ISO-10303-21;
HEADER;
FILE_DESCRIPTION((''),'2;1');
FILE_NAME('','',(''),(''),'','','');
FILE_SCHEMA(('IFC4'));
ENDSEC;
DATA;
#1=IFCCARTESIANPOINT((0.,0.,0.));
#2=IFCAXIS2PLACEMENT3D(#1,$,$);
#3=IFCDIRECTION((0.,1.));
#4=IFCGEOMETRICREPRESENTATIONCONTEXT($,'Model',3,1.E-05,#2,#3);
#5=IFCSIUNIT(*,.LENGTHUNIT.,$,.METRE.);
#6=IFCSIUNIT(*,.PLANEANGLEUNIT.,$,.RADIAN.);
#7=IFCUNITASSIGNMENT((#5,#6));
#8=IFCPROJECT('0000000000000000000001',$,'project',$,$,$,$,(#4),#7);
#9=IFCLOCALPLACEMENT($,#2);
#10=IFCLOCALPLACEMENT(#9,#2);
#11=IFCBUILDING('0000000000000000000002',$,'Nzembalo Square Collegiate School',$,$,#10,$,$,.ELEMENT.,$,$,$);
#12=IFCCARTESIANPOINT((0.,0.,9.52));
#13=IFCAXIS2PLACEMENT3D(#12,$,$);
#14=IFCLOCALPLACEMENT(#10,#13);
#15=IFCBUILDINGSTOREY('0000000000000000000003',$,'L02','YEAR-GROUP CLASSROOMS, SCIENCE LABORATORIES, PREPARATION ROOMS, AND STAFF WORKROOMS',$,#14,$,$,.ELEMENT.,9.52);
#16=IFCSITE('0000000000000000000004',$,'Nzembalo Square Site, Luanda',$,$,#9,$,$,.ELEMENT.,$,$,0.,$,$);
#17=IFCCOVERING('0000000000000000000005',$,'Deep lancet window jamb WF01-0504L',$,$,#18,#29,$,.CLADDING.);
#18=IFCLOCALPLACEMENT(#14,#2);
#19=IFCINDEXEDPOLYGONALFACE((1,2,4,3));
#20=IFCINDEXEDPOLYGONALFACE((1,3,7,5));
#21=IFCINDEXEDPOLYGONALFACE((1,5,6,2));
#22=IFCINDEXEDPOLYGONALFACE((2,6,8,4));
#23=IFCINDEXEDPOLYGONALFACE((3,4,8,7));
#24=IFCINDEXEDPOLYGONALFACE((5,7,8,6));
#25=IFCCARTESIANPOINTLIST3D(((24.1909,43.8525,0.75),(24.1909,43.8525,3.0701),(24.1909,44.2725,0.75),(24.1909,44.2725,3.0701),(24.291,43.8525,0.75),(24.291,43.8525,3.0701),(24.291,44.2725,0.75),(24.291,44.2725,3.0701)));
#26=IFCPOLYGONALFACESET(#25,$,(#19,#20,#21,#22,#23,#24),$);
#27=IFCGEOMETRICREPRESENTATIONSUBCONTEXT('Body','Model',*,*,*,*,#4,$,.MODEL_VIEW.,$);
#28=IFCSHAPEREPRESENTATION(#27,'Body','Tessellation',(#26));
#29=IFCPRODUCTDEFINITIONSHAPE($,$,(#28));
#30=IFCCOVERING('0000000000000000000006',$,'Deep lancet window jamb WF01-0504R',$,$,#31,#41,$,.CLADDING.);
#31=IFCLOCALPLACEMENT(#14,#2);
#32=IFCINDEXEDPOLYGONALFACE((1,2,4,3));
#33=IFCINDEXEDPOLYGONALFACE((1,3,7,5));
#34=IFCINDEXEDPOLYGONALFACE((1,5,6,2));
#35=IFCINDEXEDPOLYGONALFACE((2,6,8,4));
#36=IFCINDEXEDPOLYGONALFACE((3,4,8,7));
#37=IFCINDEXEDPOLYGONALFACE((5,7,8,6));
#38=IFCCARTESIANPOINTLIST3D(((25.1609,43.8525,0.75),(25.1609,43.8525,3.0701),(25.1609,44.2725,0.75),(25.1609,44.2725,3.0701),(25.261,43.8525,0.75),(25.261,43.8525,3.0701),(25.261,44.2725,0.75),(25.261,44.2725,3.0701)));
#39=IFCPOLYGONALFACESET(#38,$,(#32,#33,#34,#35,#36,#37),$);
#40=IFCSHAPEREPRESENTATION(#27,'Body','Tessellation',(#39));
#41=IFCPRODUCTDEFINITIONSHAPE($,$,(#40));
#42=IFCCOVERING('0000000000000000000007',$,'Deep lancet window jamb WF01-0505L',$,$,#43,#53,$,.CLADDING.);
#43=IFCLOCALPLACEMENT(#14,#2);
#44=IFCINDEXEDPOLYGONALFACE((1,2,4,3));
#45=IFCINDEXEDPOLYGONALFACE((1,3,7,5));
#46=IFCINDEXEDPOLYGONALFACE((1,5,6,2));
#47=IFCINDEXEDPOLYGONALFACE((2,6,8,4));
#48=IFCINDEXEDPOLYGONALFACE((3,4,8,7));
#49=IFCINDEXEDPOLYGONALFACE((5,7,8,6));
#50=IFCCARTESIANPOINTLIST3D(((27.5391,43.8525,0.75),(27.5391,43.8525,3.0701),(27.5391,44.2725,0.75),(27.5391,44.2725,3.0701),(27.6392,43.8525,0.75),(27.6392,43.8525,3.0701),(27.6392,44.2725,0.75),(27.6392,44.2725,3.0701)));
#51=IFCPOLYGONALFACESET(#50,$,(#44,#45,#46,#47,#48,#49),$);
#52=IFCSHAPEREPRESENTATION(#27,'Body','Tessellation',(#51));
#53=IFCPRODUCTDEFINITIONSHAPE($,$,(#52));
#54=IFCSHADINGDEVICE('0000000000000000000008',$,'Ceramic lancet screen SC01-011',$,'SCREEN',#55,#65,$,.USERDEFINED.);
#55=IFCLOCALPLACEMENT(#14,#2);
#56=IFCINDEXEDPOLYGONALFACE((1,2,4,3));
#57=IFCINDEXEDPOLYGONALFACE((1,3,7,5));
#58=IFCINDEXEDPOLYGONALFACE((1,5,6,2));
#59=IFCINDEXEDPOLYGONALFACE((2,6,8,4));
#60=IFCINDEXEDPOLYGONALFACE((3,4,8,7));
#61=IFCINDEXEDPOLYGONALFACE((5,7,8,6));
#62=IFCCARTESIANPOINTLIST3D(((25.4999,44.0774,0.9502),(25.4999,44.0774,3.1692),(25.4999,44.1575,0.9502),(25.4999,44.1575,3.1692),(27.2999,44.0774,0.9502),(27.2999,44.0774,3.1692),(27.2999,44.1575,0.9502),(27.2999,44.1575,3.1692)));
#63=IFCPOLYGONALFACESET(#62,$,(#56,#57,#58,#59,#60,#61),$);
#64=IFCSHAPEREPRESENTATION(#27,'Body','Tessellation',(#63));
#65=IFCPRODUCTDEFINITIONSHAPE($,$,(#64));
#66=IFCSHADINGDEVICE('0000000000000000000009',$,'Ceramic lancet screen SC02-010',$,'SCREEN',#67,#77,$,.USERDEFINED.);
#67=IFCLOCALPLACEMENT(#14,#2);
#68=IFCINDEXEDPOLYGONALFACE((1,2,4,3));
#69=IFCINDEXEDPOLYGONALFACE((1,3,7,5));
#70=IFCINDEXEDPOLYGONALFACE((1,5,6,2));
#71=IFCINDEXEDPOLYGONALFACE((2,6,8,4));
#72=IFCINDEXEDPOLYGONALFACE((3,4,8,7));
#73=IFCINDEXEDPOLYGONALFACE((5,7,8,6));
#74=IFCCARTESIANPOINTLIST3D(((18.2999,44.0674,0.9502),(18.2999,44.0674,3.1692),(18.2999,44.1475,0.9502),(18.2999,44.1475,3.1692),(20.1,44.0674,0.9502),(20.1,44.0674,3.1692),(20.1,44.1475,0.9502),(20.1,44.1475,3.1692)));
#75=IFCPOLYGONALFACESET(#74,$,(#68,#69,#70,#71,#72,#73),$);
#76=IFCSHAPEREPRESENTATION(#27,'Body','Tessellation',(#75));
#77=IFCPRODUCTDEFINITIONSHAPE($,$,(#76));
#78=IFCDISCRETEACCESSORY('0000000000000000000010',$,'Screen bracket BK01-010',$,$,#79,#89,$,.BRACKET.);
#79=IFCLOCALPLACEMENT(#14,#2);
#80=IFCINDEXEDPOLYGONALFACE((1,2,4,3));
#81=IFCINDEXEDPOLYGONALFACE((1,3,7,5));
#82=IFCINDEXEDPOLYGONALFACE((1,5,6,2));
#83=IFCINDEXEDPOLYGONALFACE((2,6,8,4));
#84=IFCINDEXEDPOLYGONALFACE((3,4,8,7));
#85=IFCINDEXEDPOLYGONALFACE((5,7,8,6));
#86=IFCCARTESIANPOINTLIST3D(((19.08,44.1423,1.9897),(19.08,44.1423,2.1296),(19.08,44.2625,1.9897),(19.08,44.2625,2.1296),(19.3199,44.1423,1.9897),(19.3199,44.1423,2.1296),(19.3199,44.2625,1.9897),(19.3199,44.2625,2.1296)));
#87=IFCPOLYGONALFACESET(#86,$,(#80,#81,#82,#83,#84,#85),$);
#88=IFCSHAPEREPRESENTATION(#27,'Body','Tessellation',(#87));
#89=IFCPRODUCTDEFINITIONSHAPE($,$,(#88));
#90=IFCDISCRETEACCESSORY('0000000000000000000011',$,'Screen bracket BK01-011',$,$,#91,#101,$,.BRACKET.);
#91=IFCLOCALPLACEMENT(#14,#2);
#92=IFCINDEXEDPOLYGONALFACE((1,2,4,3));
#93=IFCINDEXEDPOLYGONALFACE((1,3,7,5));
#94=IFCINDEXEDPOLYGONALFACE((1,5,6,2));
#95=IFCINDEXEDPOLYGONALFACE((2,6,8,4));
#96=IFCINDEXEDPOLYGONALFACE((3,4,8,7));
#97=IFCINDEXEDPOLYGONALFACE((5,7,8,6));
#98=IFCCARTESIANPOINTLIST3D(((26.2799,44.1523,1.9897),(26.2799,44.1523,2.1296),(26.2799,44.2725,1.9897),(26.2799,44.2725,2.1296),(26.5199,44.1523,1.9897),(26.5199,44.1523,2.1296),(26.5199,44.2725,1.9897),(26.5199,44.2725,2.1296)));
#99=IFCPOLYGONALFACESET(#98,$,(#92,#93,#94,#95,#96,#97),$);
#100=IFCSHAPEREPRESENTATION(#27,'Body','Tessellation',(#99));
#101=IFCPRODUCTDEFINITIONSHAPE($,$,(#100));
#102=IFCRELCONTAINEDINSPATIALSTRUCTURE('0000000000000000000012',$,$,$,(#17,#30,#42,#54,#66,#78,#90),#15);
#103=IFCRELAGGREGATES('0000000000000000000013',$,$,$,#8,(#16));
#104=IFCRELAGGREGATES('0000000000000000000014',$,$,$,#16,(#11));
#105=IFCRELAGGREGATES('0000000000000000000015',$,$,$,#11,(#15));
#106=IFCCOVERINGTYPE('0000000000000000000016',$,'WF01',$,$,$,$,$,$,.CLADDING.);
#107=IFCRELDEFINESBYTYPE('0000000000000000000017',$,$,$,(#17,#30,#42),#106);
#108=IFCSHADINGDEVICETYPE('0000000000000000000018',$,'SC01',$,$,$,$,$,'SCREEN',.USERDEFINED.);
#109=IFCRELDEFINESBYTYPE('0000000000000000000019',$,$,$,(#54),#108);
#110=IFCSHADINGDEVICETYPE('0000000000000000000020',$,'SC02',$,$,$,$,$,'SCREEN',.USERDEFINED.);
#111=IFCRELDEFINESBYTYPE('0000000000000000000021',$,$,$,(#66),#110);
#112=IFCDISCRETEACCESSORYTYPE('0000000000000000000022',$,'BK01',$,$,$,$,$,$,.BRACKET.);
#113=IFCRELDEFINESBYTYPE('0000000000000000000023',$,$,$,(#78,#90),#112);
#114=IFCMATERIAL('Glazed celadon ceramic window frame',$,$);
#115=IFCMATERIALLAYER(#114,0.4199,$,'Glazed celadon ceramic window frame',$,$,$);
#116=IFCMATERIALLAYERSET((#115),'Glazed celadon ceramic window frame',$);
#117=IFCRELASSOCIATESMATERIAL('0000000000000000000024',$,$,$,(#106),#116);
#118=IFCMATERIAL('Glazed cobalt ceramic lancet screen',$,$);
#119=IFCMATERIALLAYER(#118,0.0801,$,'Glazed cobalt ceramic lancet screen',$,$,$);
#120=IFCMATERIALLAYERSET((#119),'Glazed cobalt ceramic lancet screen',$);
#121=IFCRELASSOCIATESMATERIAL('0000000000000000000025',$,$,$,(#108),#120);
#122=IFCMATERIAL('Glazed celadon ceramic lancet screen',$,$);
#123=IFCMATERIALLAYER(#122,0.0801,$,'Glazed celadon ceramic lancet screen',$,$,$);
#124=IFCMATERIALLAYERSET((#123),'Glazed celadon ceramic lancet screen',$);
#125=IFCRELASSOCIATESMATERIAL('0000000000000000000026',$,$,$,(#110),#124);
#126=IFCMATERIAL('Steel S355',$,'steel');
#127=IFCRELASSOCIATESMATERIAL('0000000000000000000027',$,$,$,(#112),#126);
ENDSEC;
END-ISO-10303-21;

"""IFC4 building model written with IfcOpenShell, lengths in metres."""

from ifc_helpers import new_model, si_unit, direction, frame, origin, origin_2d, place, context, subcontext, project, spatial, rectangle, extrude, material, layer, layer_set, type_object, element, save


model = new_model("IFC4")

# Units and contexts
model_context = context("Model", 3, precision=1e-05, world=origin(), true_north=direction((0.0, 1.0)))
body_context = subcontext(model_context, "Body", "Model", "MODEL_VIEW")
ifc_project = project(units=[si_unit("LENGTHUNIT", "METRE"), si_unit("PLANEANGLEUNIT", "RADIAN")], contexts=[model_context])

# Site, building, storey
site_placement = place(None, origin())
site = spatial("IfcSite", under=ifc_project, at=site_placement, Name="Nzembalo Square Site, Luanda", CompositionType="ELEMENT", RefElevation=0.0)
building_placement = place(site_placement, origin())
building = spatial("IfcBuilding", under=site, at=building_placement, Name="Nzembalo Square Collegiate School", CompositionType="ELEMENT")
storey_placement = place(building_placement, frame((0.0, 0.0, 9.52)))
storey = spatial("IfcBuildingStorey", under=building, at=storey_placement, Name="L02", Description="YEAR-GROUP CLASSROOMS, SCIENCE LABORATORIES, PREPARATION ROOMS, AND STAFF WORKROOMS", CompositionType="ELEMENT", Elevation=9.52)

# Coverings
ifc_material_1 = material(Name="Glazed celadon ceramic window frame")
ifc_layer_1 = layer(ifc_material_1, 0.4199, Name="Glazed celadon ceramic window frame")
ifc_layer_set_1 = layer_set([ifc_layer_1], Name="Glazed celadon ceramic window frame")
covering_type_1 = type_object("IfcCoveringType", Name="WF01", PredefinedType="CLADDING", material=ifc_layer_set_1)
for number, where, z_axis, x_axis, name in (
    (1, (24.241, 44.0625, 0.75), (0.0, 0.0, 1.0), (1.0, 0.0, 0.0), "Deep lancet window jamb WF01-0504L"),
    (2, (25.2109, 44.0625, 0.75), (0.0, 0.0, 1.0), (1.0, 0.0, 0.0), "Deep lancet window jamb WF01-0504R"),
    (3, (27.5891, 44.0625, 0.75), (0.0, 0.0, 1.0), (1.0, 0.0, 0.0), "Deep lancet window jamb WF01-0505L"),
):
    element("IfcCovering", number, at=place(storey_placement, frame(where, z_axis=z_axis, x_axis=x_axis)), inside=storey, type_object=covering_type_1, Name=name, PredefinedType="CLADDING", context=body_context, shape_type="SweptSolid", body=[
        extrude(rectangle(XDim=0.1001, YDim=0.4199, at=origin_2d()), origin(), (0.0, 0.0, 1.0), 2.3201),
    ])

# Shading devices
ifc_material_2 = material(Name="Glazed cobalt ceramic lancet screen")
ifc_layer_2 = layer(ifc_material_2, 0.0801, Name="Glazed cobalt ceramic lancet screen")
ifc_layer_set_2 = layer_set([ifc_layer_2], Name="Glazed cobalt ceramic lancet screen")
shading_device_type_1 = type_object("IfcShadingDeviceType", Name="SC01", ElementType="SCREEN", PredefinedType="USERDEFINED", material=ifc_layer_set_2)
shading_device_1_placement = place(storey_placement, frame((26.3999, 44.1174, 0.9502), z_axis=(0.0, 0.0, 1.0), x_axis=(1.0, 0.0, 0.0)))
element("IfcShadingDevice", 4, at=shading_device_1_placement, inside=storey, type_object=shading_device_type_1, Name="Ceramic lancet screen SC01-011", ObjectType="SCREEN", PredefinedType="USERDEFINED", context=body_context, shape_type="SweptSolid", body=[
    extrude(rectangle(XDim=1.8, YDim=0.0801, at=origin_2d()), origin(), (0.0, 0.0, 1.0), 2.219),
])
ifc_material_3 = material(Name="Glazed celadon ceramic lancet screen")
ifc_layer_3 = layer(ifc_material_3, 0.0801, Name="Glazed celadon ceramic lancet screen")
ifc_layer_set_3 = layer_set([ifc_layer_3], Name="Glazed celadon ceramic lancet screen")
shading_device_type_2 = type_object("IfcShadingDeviceType", Name="SC02", ElementType="SCREEN", PredefinedType="USERDEFINED", material=ifc_layer_set_3)
shading_device_2_placement = place(storey_placement, frame((19.2, 44.1074, 0.9502), z_axis=(0.0, 0.0, 1.0), x_axis=(1.0, 0.0, 0.0)))
element("IfcShadingDevice", 5, at=shading_device_2_placement, inside=storey, type_object=shading_device_type_2, Name="Ceramic lancet screen SC02-010", ObjectType="SCREEN", PredefinedType="USERDEFINED", context=body_context, shape_type="SweptSolid", body=[
    extrude(rectangle(XDim=1.8, YDim=0.0801, at=origin_2d()), origin(), (0.0, 0.0, 1.0), 2.219),
])

# Discrete accessories
ifc_material_4 = material(Name="Steel S355", Category="steel")
discrete_accessory_type = type_object("IfcDiscreteAccessoryType", Name="BK01", PredefinedType="BRACKET", material=ifc_material_4)
for number, where, z_axis, x_axis, name in (
    (6, (19.2, 44.2024, 1.9897), (0.0, 0.0, 1.0), (1.0, 0.0, 0.0), "Screen bracket BK01-010"),
    (7, (26.3999, 44.2124, 1.9897), (0.0, 0.0, 1.0), (1.0, 0.0, 0.0), "Screen bracket BK01-011"),
):
    element("IfcDiscreteAccessory", number, at=place(storey_placement, frame(where, z_axis=z_axis, x_axis=x_axis)), inside=storey, type_object=discrete_accessory_type, Name=name, PredefinedType="BRACKET", context=body_context, shape_type="SweptSolid", body=[
        extrude(rectangle(XDim=0.24, YDim=0.1201, at=origin_2d()), origin(), (0.0, 0.0, 1.0), 0.1399),
    ])

save(model, "model.ifc")
